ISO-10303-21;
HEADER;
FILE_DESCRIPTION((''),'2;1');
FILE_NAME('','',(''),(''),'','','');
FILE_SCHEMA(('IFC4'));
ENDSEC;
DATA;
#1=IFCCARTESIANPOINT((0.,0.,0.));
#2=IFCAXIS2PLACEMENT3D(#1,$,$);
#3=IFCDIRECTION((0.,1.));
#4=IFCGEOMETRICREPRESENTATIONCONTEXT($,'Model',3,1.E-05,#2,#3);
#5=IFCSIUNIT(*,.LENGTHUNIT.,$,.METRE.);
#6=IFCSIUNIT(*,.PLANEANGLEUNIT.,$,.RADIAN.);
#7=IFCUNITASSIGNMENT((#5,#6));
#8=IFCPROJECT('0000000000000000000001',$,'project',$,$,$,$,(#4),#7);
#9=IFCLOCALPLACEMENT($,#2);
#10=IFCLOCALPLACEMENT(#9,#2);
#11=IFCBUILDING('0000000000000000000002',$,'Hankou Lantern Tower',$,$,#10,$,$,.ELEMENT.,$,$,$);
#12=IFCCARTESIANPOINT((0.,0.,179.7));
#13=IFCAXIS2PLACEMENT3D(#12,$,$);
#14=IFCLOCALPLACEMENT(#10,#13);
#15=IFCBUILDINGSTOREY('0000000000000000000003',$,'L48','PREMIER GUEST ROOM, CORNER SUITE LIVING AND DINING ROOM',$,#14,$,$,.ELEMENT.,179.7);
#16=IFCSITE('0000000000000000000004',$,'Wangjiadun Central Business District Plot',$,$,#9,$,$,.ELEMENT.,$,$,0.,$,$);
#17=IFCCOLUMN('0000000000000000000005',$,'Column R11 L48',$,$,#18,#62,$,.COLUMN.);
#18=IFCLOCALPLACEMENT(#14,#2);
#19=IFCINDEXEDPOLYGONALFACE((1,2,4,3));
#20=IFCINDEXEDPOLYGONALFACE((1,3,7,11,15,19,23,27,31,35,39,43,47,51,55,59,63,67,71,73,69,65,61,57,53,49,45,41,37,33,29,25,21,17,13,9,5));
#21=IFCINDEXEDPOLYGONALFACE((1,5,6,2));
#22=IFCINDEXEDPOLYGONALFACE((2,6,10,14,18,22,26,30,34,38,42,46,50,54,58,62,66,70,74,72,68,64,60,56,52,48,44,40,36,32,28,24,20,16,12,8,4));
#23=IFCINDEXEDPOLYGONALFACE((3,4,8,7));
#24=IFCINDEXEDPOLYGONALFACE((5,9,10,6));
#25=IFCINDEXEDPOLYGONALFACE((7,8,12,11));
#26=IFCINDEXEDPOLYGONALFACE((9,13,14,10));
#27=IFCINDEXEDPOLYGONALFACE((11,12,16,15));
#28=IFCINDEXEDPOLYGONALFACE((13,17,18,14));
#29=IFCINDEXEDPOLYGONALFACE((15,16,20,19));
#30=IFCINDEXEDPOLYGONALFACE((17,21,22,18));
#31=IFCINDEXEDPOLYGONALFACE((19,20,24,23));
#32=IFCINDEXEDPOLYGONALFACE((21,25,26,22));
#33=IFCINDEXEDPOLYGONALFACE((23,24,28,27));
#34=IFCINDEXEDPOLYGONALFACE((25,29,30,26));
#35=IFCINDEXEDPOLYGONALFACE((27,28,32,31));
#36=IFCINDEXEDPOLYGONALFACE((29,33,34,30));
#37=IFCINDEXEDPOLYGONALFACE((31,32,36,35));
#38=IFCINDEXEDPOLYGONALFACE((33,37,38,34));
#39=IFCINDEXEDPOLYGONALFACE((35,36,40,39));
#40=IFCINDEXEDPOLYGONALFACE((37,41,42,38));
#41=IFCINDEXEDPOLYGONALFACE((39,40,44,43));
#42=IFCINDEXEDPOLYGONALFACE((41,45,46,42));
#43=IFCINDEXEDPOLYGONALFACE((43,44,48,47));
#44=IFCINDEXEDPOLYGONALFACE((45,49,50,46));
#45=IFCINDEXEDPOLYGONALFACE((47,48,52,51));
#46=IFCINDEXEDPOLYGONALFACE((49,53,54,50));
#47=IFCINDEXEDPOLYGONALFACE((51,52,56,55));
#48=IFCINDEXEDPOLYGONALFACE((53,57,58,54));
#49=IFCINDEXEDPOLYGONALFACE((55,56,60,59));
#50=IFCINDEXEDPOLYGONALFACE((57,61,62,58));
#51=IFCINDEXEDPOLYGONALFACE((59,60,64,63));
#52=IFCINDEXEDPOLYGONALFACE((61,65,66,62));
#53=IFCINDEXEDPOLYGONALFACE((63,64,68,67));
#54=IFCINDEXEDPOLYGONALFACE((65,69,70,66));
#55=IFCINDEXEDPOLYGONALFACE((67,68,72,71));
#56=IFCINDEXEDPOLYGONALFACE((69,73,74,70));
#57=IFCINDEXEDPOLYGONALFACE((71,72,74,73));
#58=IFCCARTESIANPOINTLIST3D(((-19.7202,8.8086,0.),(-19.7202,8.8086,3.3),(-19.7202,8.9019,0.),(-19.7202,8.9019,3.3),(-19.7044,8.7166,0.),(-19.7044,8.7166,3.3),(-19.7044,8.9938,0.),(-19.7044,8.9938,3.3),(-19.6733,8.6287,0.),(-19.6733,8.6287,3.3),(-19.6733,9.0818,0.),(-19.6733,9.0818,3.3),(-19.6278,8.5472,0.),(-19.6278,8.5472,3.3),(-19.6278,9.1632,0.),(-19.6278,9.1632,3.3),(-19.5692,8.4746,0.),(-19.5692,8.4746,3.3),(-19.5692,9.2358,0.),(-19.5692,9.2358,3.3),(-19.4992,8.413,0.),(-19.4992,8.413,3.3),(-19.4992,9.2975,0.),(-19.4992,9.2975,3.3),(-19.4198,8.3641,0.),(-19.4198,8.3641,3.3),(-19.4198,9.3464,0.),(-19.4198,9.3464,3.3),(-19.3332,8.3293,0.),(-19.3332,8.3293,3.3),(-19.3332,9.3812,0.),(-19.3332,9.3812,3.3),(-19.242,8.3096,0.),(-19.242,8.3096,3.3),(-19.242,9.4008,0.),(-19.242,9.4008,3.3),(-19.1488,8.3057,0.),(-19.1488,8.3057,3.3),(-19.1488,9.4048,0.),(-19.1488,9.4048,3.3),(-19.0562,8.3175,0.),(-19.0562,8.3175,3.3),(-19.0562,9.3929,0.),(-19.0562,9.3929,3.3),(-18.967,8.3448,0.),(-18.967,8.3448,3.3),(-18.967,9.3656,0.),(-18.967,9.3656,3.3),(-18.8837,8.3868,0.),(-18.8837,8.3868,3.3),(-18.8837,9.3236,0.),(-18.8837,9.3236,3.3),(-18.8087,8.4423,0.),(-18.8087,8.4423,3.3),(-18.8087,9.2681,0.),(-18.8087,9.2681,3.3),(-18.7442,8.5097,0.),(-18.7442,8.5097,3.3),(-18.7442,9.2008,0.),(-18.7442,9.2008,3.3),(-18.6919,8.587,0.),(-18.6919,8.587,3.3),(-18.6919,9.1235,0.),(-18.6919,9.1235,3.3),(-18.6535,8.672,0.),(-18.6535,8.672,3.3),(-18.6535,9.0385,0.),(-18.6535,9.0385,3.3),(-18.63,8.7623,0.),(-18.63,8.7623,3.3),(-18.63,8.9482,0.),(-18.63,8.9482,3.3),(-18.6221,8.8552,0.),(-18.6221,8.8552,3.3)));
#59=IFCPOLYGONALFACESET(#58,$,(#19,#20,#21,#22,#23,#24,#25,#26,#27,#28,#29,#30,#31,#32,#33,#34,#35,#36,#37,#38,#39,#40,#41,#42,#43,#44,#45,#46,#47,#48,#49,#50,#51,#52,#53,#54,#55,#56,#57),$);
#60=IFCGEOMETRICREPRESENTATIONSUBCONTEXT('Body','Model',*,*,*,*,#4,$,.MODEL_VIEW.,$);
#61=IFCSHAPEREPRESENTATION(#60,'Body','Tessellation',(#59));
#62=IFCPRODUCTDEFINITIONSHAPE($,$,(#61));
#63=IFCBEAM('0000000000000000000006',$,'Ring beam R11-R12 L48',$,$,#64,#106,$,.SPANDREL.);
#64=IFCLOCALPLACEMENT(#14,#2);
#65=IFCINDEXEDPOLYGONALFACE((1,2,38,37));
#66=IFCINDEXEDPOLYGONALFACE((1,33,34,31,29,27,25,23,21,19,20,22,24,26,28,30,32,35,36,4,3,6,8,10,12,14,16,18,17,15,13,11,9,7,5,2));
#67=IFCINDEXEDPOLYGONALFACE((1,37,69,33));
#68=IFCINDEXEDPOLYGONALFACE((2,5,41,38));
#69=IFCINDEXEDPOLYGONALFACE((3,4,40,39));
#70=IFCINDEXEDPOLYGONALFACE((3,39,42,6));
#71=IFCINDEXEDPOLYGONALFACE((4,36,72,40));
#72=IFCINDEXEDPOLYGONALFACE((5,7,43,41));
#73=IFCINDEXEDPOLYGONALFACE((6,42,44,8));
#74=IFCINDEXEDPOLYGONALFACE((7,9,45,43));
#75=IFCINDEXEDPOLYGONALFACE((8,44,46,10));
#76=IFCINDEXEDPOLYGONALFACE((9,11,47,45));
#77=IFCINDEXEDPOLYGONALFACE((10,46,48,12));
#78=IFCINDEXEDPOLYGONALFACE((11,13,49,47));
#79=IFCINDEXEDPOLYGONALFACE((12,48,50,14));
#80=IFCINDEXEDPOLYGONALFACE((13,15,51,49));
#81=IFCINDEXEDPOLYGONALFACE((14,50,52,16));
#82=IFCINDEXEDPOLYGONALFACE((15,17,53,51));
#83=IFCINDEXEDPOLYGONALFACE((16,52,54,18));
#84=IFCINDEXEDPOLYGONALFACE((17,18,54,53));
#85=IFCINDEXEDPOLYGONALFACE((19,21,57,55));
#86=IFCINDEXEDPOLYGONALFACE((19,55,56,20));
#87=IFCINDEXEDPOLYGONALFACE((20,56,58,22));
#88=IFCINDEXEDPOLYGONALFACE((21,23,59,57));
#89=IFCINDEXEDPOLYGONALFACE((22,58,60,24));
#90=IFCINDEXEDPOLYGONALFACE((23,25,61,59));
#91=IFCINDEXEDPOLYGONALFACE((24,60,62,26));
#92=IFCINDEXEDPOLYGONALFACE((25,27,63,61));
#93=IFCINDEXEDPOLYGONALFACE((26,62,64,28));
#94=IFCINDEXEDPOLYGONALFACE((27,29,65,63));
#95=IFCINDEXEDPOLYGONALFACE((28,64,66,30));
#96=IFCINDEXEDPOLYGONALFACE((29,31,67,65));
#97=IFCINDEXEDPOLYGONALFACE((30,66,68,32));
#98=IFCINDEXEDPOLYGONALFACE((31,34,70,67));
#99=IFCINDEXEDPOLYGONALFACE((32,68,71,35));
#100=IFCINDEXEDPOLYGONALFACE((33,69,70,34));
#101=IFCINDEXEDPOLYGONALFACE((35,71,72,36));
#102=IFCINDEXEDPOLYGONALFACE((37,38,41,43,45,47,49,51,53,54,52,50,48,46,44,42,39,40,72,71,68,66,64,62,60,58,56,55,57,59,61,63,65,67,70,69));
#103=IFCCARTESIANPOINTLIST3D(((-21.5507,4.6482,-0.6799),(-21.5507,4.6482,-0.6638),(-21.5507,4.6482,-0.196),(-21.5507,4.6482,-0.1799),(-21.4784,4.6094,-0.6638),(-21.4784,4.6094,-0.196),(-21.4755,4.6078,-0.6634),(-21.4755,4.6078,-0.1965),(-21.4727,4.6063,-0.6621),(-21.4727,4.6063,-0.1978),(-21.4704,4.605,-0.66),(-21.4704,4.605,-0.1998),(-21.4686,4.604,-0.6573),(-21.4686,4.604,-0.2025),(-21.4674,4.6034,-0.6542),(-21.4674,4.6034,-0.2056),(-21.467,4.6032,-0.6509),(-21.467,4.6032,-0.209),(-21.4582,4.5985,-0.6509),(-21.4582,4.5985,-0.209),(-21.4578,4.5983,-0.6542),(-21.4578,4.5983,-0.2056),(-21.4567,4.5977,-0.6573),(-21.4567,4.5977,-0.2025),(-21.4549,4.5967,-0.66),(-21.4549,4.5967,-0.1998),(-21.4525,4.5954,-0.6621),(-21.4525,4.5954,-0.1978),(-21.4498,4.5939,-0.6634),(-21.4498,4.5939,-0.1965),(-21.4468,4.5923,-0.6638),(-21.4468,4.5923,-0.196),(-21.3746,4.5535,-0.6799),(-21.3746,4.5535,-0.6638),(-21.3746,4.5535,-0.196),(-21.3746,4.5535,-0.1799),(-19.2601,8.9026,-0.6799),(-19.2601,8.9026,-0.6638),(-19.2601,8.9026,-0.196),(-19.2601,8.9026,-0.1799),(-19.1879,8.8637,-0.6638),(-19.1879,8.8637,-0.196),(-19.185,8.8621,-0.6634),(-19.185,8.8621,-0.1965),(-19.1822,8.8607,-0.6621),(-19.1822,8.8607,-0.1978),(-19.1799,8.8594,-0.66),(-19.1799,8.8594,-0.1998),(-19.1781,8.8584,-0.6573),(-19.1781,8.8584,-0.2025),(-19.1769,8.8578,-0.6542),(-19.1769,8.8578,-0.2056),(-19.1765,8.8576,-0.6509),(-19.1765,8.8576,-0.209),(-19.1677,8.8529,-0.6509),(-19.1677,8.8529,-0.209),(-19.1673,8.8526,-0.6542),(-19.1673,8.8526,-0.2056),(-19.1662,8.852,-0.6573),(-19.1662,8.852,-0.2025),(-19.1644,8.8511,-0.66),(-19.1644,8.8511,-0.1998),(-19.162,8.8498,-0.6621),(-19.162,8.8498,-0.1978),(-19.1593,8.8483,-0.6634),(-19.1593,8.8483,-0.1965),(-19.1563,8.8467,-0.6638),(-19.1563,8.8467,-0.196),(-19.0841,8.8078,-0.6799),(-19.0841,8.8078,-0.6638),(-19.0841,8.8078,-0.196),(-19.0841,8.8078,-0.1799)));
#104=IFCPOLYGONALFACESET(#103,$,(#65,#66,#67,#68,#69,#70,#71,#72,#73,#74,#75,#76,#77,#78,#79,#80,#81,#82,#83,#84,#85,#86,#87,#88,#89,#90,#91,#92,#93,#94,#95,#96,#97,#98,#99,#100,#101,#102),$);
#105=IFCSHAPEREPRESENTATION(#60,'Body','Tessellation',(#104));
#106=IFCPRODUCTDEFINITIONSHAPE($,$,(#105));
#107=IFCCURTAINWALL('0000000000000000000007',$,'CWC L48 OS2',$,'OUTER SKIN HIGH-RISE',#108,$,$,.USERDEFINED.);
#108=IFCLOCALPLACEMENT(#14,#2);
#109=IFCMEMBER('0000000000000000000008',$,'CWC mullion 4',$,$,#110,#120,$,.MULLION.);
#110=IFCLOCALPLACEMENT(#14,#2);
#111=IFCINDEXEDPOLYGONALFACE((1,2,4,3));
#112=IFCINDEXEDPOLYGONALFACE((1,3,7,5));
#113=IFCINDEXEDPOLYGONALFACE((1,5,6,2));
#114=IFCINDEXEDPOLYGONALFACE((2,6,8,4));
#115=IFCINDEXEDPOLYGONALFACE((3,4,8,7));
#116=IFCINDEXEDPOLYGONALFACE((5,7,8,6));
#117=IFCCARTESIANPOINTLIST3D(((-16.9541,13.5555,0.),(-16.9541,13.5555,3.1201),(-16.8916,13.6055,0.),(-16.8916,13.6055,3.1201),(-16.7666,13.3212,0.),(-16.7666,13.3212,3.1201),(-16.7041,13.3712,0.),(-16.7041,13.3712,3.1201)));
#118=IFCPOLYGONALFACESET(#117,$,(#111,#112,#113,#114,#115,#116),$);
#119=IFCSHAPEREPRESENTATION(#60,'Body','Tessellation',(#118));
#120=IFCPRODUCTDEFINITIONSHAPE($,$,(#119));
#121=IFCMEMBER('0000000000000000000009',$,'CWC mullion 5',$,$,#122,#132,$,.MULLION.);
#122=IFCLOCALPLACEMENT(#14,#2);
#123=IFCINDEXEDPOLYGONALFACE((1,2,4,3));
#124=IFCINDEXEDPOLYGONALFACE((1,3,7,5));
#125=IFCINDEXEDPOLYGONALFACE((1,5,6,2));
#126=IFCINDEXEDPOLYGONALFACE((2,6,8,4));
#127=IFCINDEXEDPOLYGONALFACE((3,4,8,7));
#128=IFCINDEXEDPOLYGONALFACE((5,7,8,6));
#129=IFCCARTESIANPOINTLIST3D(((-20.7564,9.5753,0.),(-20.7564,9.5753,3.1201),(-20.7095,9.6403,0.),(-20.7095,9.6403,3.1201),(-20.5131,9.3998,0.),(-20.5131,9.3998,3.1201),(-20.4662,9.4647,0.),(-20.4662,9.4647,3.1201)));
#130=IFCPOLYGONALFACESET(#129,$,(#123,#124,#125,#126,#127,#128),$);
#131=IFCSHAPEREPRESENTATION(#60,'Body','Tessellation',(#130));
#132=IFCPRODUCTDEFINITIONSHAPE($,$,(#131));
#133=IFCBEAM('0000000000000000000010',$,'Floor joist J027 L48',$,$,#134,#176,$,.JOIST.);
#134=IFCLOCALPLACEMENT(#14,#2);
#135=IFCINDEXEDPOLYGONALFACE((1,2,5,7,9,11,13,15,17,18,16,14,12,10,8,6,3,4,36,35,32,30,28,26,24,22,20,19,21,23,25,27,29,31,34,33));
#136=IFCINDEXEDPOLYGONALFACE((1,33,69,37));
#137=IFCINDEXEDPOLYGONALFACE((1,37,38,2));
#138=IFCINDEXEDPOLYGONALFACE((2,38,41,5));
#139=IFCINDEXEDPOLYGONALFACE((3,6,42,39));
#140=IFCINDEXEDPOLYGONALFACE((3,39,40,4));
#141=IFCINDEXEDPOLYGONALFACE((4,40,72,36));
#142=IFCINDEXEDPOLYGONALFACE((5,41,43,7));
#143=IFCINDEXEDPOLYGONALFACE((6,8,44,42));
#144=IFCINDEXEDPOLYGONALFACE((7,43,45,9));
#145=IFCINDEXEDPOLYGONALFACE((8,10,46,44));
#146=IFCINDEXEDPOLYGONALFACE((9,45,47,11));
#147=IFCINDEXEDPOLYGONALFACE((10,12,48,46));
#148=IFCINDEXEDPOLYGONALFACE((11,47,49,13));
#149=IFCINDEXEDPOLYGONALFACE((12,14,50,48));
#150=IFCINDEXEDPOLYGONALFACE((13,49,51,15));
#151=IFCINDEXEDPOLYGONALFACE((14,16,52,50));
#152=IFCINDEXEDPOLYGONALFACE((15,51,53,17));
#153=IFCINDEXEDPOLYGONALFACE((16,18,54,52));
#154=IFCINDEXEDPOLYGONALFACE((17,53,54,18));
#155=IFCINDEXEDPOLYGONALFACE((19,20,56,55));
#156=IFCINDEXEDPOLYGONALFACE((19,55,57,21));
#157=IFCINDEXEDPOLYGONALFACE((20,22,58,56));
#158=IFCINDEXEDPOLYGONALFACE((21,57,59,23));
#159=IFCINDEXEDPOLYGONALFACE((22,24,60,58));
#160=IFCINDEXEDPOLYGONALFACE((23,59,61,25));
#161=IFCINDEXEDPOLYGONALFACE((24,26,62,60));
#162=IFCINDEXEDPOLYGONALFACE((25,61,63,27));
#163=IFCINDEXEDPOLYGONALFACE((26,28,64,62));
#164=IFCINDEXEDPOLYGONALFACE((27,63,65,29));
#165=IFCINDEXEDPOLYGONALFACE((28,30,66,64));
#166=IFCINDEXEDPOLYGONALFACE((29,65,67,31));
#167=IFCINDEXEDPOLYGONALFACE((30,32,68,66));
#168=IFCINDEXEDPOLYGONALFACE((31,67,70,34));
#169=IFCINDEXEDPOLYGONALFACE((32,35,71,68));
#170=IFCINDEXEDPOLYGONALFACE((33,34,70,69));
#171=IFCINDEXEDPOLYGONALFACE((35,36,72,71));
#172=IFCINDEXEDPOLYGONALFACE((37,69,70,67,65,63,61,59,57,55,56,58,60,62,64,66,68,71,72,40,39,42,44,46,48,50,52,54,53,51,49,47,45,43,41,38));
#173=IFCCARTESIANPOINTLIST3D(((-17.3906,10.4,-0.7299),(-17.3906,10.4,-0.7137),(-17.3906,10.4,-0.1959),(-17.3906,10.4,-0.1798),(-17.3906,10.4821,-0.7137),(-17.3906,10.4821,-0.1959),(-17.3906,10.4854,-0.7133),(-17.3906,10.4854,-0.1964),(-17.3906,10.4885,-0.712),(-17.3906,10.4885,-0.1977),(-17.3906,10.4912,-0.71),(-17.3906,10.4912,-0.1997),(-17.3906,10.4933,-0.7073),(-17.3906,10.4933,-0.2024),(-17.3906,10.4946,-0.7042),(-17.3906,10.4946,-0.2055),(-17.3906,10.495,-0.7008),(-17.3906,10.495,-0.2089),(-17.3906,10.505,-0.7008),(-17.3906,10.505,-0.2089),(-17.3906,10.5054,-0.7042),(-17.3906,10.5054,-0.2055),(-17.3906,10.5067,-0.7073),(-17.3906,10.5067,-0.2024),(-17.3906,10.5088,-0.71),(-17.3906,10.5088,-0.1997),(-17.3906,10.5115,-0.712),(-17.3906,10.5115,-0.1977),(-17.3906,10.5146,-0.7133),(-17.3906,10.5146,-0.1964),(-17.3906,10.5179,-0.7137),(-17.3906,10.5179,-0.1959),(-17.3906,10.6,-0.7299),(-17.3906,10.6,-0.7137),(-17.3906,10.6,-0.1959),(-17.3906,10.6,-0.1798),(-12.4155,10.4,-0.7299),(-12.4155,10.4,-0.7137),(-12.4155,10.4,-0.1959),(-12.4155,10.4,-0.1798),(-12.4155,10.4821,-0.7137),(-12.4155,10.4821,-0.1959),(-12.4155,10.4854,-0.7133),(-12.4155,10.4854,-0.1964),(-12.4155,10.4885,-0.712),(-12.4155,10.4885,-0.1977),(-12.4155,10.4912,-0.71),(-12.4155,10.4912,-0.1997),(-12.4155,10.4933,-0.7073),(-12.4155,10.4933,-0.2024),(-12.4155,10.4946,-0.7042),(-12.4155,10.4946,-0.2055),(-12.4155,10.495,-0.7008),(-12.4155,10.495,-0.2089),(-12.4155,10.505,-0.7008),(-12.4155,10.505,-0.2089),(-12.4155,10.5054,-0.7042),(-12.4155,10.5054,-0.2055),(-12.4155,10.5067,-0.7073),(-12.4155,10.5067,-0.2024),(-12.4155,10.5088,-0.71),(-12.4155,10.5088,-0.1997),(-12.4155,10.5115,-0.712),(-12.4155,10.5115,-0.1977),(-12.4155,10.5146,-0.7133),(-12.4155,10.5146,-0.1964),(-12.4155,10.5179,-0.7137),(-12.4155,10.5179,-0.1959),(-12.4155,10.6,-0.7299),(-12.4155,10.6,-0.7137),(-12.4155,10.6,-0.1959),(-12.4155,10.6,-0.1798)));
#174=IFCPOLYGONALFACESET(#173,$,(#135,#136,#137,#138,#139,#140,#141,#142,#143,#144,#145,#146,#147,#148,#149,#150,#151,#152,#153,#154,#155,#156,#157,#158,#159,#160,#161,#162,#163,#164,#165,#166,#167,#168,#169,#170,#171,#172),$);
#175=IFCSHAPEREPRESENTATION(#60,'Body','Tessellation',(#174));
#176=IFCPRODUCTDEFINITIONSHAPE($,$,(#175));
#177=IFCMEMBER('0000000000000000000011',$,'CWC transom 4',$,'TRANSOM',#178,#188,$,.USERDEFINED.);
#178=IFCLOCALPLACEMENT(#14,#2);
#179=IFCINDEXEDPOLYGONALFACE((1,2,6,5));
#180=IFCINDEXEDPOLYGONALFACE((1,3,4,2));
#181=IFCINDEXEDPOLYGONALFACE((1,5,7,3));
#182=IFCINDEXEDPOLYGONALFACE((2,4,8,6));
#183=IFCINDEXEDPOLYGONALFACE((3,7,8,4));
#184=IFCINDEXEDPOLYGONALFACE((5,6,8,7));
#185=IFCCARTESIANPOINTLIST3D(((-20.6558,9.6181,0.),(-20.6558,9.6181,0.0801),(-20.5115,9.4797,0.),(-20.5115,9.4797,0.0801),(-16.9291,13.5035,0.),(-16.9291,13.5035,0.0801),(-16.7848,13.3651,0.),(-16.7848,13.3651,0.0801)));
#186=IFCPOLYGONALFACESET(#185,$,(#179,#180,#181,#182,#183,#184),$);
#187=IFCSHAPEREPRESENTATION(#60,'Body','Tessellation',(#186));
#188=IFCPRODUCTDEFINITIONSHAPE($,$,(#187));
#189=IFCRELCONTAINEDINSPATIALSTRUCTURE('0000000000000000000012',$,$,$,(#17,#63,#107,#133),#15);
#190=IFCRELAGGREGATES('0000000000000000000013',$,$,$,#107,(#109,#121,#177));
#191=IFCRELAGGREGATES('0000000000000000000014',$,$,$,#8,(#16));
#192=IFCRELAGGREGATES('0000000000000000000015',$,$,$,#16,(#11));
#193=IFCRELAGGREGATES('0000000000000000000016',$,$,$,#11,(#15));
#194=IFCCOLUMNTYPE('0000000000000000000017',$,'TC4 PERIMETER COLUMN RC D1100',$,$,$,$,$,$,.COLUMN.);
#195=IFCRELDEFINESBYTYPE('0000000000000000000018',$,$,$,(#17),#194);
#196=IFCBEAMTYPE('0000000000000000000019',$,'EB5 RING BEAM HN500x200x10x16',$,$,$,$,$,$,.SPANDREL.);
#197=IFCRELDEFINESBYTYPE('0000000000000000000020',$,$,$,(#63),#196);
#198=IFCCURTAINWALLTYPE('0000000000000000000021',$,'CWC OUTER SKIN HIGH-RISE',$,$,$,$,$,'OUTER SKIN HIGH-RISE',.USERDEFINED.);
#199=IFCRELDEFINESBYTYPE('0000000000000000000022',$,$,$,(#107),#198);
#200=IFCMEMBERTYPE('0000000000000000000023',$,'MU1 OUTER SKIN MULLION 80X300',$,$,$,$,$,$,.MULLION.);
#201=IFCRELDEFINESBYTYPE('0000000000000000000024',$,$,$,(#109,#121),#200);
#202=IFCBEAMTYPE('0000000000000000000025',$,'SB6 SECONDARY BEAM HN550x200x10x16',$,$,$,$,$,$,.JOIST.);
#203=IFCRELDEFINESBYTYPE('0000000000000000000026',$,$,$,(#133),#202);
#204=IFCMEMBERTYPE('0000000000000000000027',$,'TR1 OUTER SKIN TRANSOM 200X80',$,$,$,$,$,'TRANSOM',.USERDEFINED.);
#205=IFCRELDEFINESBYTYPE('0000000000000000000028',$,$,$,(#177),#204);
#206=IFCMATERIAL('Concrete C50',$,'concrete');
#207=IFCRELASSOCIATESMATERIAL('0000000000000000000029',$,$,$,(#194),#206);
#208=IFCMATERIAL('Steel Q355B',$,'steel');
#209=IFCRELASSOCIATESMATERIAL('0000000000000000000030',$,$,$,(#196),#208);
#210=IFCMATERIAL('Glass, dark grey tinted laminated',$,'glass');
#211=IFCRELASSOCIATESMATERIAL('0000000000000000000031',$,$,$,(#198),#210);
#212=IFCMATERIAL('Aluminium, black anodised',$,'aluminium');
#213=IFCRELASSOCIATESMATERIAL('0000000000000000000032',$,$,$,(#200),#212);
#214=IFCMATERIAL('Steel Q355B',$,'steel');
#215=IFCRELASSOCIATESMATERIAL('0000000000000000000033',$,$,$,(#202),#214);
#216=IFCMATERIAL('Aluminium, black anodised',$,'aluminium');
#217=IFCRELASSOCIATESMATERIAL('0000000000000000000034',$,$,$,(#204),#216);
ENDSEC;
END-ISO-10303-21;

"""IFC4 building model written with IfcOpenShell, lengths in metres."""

from ifc_helpers import new_model, si_unit, direction, frame, origin, origin_2d, place, context, subcontext, project, spatial, rectangle, circle, i_section, extrude, material, material_profile, profile_set, type_object, element, aggregate, save


model = new_model("IFC4")

# Units and contexts
model_context = context("Model", 3, precision=1e-05, world=origin(), true_north=direction((0.0, 1.0)))
body_context = subcontext(model_context, "Body", "Model", "MODEL_VIEW")
ifc_project = project(units=[si_unit("LENGTHUNIT", "METRE"), si_unit("PLANEANGLEUNIT", "RADIAN")], contexts=[model_context])

# Site, building, storey
site_placement = place(None, origin())
site = spatial("IfcSite", under=ifc_project, at=site_placement, Name="Wangjiadun Central Business District Plot", CompositionType="ELEMENT", RefElevation=0.0)
building_placement = place(site_placement, origin())
building = spatial("IfcBuilding", under=site, at=building_placement, Name="Hankou Lantern Tower", CompositionType="ELEMENT")
storey_placement = place(building_placement, frame((0.0, 0.0, 179.7)))
storey = spatial("IfcBuildingStorey", under=building, at=storey_placement, Name="L48", Description="PREMIER GUEST ROOM, CORNER SUITE LIVING AND DINING ROOM", CompositionType="ELEMENT", Elevation=179.7)

# Column
ifc_material_1 = material(Name="Concrete C50", Category="concrete")
ifc_material_profile_1 = material_profile(ifc_material_1, circle(Radius=0.55, at=origin_2d()), Name="RC D1100")
ifc_profile_set_1 = profile_set([ifc_material_profile_1], Name="Concrete C50")
column_type = type_object("IfcColumnType", Name="TC4 PERIMETER COLUMN RC D1100", PredefinedType="COLUMN", material=ifc_profile_set_1)
column_placement = place(storey_placement, frame((-19.1721, 8.8552, 0.0), z_axis=(0.0, 0.0, 1.0), x_axis=(1.0, 0.0, 0.0)))
element("IfcColumn", 1, at=column_placement, inside=storey, type_object=column_type, Name="Column R11 L48", PredefinedType="COLUMN", context=body_context, shape_type="SweptSolid", body=[
    extrude(circle(Radius=0.55, at=origin_2d()), origin(), (0.0, 0.0, 1.0), 3.3),
])

# Beam
ifc_material_2 = material(Name="Steel Q355B", Category="steel")
ifc_material_profile_2 = material_profile(ifc_material_2, i_section(OverallWidth=0.2, OverallDepth=0.5, WebThickness=0.01, FlangeThickness=0.0161, FilletRadius=0.0129, at=origin_2d()), Name="HN500x200x10x16")
ifc_profile_set_2 = profile_set([ifc_material_profile_2], Name="Steel Q355B")
beam_type_1 = type_object("IfcBeamType", Name="EB5 RING BEAM HN500x200x10x16", PredefinedType="SPANDREL", material=ifc_profile_set_2)
beam_1_placement = place(storey_placement, frame((-19.1721, 8.8552, -0.4299), z_axis=(-0.474052, -0.880497, 0.0), x_axis=(0.880497, -0.474052, 0.0)))
element("IfcBeam", 2, at=beam_1_placement, inside=storey, type_object=beam_type_1, Name="Ring beam R11-R12 L48", PredefinedType="SPANDREL", context=body_context, shape_type="SweptSolid", body=[
    extrude(i_section(OverallWidth=0.2, OverallDepth=0.5, WebThickness=0.01, FlangeThickness=0.0161, FilletRadius=0.0129, at=origin_2d()), origin(), (0.0, 0.0, 1.0), 4.8318),
])

# Curtain wall, members
ifc_material_3 = material(Name="Glass, dark grey tinted laminated", Category="glass")
curtain_wall_type = type_object("IfcCurtainWallType", Name="CWC OUTER SKIN HIGH-RISE", ElementType="OUTER SKIN HIGH-RISE", PredefinedType="USERDEFINED", material=ifc_material_3)
curtain_wall_placement = place(storey_placement, origin())
curtain_wall = element("IfcCurtainWall", 3, at=curtain_wall_placement, inside=storey, type_object=curtain_wall_type, Name="CWC L48 OS2", ObjectType="OUTER SKIN HIGH-RISE", PredefinedType="USERDEFINED")
ifc_material_4 = material(Name="Aluminium, black anodised", Category="aluminium")
ifc_material_profile_3 = material_profile(ifc_material_4, rectangle(XDim=0.0801, YDim=0.3, at=origin_2d()), Name="MU1 80X300")
ifc_profile_set_3 = profile_set([ifc_material_profile_3], Name="Aluminium, black anodised")
member_type_1 = type_object("IfcMemberType", Name="MU1 OUTER SKIN MULLION 80X300", PredefinedType="MULLION", material=ifc_profile_set_3)
member_1_placement = place(storey_placement, frame((-16.8291, 13.4634, 0.0), z_axis=(0.0, 0.0, 1.0), x_axis=(-0.780869, -0.624695, 0.0)))
member_1 = element("IfcMember", 4, at=member_1_placement, type_object=member_type_1, Name="CWC mullion 4", PredefinedType="MULLION", context=body_context, shape_type="SweptSolid", body=[
    extrude(rectangle(XDim=0.0801, YDim=0.3, at=origin_2d()), origin(), (0.0, 0.0, 1.0), 3.1201),
])
member_2_placement = place(storey_placement, frame((-20.6113, 9.52, 0.0), z_axis=(0.0, 0.0, 1.0), x_axis=(-0.585206, -0.810885, 0.0)))
member_2 = element("IfcMember", 5, at=member_2_placement, type_object=member_type_1, Name="CWC mullion 5", PredefinedType="MULLION", context=body_context, shape_type="SweptSolid", body=[
    extrude(rectangle(XDim=0.0801, YDim=0.3, at=origin_2d()), origin(), (0.0, 0.0, 1.0), 3.1201),
])

# Beam
ifc_material_5 = material(Name="Steel Q355B", Category="steel")
ifc_material_profile_4 = material_profile(ifc_material_5, i_section(OverallWidth=0.2, OverallDepth=0.55, WebThickness=0.01, FlangeThickness=0.0161, FilletRadius=0.0129, at=origin_2d()), Name="HN550x200x10x16")
ifc_profile_set_4 = profile_set([ifc_material_profile_4], Name="Steel Q355B")
beam_type_2 = type_object("IfcBeamType", Name="SB6 SECONDARY BEAM HN550x200x10x16", PredefinedType="JOIST", material=ifc_profile_set_4)
beam_2_placement = place(storey_placement, frame((-17.3906, 10.5, -0.4548), z_axis=(1.0, 0.0, 0.0), x_axis=(0.0, 1.0, 0.0)))
element("IfcBeam", 6, at=beam_2_placement, inside=storey, type_object=beam_type_2, Name="Floor joist J027 L48", PredefinedType="JOIST", context=body_context, shape_type="SweptSolid", body=[
    extrude(i_section(OverallWidth=0.2, OverallDepth=0.55, WebThickness=0.01, FlangeThickness=0.0161, FilletRadius=0.0129, at=origin_2d()), origin(), (0.0, 0.0, 1.0), 4.9751),
])

# Member
ifc_material_6 = material(Name="Aluminium, black anodised", Category="aluminium")
ifc_material_profile_5 = material_profile(ifc_material_6, rectangle(XDim=0.2, YDim=0.0801, at=origin_2d()), Name="TR1 200X80")
ifc_profile_set_5 = profile_set([ifc_material_profile_5], Name="Aluminium, black anodised")
member_type_2 = type_object("IfcMemberType", Name="TR1 OUTER SKIN TRANSOM 200X80", ElementType="TRANSOM", PredefinedType="USERDEFINED", material=ifc_profile_set_5)
member_3_placement = place(storey_placement, frame((-16.8569, 13.4343, 0.04), z_axis=(-0.692216, -0.721691, 0.0), x_axis=(0.721691, -0.692216, 0.0)))
member_3 = element("IfcMember", 7, at=member_3_placement, type_object=member_type_2, Name="CWC transom 4", ObjectType="TRANSOM", PredefinedType="USERDEFINED", context=body_context, shape_type="SweptSolid", body=[
    extrude(rectangle(XDim=0.2, YDim=0.0801, at=origin_2d()), origin(), (0.0, 0.0, 1.0), 5.3838),
])

aggregate(curtain_wall, [member_1, member_2, member_3])

save(model, "model.ifc")
